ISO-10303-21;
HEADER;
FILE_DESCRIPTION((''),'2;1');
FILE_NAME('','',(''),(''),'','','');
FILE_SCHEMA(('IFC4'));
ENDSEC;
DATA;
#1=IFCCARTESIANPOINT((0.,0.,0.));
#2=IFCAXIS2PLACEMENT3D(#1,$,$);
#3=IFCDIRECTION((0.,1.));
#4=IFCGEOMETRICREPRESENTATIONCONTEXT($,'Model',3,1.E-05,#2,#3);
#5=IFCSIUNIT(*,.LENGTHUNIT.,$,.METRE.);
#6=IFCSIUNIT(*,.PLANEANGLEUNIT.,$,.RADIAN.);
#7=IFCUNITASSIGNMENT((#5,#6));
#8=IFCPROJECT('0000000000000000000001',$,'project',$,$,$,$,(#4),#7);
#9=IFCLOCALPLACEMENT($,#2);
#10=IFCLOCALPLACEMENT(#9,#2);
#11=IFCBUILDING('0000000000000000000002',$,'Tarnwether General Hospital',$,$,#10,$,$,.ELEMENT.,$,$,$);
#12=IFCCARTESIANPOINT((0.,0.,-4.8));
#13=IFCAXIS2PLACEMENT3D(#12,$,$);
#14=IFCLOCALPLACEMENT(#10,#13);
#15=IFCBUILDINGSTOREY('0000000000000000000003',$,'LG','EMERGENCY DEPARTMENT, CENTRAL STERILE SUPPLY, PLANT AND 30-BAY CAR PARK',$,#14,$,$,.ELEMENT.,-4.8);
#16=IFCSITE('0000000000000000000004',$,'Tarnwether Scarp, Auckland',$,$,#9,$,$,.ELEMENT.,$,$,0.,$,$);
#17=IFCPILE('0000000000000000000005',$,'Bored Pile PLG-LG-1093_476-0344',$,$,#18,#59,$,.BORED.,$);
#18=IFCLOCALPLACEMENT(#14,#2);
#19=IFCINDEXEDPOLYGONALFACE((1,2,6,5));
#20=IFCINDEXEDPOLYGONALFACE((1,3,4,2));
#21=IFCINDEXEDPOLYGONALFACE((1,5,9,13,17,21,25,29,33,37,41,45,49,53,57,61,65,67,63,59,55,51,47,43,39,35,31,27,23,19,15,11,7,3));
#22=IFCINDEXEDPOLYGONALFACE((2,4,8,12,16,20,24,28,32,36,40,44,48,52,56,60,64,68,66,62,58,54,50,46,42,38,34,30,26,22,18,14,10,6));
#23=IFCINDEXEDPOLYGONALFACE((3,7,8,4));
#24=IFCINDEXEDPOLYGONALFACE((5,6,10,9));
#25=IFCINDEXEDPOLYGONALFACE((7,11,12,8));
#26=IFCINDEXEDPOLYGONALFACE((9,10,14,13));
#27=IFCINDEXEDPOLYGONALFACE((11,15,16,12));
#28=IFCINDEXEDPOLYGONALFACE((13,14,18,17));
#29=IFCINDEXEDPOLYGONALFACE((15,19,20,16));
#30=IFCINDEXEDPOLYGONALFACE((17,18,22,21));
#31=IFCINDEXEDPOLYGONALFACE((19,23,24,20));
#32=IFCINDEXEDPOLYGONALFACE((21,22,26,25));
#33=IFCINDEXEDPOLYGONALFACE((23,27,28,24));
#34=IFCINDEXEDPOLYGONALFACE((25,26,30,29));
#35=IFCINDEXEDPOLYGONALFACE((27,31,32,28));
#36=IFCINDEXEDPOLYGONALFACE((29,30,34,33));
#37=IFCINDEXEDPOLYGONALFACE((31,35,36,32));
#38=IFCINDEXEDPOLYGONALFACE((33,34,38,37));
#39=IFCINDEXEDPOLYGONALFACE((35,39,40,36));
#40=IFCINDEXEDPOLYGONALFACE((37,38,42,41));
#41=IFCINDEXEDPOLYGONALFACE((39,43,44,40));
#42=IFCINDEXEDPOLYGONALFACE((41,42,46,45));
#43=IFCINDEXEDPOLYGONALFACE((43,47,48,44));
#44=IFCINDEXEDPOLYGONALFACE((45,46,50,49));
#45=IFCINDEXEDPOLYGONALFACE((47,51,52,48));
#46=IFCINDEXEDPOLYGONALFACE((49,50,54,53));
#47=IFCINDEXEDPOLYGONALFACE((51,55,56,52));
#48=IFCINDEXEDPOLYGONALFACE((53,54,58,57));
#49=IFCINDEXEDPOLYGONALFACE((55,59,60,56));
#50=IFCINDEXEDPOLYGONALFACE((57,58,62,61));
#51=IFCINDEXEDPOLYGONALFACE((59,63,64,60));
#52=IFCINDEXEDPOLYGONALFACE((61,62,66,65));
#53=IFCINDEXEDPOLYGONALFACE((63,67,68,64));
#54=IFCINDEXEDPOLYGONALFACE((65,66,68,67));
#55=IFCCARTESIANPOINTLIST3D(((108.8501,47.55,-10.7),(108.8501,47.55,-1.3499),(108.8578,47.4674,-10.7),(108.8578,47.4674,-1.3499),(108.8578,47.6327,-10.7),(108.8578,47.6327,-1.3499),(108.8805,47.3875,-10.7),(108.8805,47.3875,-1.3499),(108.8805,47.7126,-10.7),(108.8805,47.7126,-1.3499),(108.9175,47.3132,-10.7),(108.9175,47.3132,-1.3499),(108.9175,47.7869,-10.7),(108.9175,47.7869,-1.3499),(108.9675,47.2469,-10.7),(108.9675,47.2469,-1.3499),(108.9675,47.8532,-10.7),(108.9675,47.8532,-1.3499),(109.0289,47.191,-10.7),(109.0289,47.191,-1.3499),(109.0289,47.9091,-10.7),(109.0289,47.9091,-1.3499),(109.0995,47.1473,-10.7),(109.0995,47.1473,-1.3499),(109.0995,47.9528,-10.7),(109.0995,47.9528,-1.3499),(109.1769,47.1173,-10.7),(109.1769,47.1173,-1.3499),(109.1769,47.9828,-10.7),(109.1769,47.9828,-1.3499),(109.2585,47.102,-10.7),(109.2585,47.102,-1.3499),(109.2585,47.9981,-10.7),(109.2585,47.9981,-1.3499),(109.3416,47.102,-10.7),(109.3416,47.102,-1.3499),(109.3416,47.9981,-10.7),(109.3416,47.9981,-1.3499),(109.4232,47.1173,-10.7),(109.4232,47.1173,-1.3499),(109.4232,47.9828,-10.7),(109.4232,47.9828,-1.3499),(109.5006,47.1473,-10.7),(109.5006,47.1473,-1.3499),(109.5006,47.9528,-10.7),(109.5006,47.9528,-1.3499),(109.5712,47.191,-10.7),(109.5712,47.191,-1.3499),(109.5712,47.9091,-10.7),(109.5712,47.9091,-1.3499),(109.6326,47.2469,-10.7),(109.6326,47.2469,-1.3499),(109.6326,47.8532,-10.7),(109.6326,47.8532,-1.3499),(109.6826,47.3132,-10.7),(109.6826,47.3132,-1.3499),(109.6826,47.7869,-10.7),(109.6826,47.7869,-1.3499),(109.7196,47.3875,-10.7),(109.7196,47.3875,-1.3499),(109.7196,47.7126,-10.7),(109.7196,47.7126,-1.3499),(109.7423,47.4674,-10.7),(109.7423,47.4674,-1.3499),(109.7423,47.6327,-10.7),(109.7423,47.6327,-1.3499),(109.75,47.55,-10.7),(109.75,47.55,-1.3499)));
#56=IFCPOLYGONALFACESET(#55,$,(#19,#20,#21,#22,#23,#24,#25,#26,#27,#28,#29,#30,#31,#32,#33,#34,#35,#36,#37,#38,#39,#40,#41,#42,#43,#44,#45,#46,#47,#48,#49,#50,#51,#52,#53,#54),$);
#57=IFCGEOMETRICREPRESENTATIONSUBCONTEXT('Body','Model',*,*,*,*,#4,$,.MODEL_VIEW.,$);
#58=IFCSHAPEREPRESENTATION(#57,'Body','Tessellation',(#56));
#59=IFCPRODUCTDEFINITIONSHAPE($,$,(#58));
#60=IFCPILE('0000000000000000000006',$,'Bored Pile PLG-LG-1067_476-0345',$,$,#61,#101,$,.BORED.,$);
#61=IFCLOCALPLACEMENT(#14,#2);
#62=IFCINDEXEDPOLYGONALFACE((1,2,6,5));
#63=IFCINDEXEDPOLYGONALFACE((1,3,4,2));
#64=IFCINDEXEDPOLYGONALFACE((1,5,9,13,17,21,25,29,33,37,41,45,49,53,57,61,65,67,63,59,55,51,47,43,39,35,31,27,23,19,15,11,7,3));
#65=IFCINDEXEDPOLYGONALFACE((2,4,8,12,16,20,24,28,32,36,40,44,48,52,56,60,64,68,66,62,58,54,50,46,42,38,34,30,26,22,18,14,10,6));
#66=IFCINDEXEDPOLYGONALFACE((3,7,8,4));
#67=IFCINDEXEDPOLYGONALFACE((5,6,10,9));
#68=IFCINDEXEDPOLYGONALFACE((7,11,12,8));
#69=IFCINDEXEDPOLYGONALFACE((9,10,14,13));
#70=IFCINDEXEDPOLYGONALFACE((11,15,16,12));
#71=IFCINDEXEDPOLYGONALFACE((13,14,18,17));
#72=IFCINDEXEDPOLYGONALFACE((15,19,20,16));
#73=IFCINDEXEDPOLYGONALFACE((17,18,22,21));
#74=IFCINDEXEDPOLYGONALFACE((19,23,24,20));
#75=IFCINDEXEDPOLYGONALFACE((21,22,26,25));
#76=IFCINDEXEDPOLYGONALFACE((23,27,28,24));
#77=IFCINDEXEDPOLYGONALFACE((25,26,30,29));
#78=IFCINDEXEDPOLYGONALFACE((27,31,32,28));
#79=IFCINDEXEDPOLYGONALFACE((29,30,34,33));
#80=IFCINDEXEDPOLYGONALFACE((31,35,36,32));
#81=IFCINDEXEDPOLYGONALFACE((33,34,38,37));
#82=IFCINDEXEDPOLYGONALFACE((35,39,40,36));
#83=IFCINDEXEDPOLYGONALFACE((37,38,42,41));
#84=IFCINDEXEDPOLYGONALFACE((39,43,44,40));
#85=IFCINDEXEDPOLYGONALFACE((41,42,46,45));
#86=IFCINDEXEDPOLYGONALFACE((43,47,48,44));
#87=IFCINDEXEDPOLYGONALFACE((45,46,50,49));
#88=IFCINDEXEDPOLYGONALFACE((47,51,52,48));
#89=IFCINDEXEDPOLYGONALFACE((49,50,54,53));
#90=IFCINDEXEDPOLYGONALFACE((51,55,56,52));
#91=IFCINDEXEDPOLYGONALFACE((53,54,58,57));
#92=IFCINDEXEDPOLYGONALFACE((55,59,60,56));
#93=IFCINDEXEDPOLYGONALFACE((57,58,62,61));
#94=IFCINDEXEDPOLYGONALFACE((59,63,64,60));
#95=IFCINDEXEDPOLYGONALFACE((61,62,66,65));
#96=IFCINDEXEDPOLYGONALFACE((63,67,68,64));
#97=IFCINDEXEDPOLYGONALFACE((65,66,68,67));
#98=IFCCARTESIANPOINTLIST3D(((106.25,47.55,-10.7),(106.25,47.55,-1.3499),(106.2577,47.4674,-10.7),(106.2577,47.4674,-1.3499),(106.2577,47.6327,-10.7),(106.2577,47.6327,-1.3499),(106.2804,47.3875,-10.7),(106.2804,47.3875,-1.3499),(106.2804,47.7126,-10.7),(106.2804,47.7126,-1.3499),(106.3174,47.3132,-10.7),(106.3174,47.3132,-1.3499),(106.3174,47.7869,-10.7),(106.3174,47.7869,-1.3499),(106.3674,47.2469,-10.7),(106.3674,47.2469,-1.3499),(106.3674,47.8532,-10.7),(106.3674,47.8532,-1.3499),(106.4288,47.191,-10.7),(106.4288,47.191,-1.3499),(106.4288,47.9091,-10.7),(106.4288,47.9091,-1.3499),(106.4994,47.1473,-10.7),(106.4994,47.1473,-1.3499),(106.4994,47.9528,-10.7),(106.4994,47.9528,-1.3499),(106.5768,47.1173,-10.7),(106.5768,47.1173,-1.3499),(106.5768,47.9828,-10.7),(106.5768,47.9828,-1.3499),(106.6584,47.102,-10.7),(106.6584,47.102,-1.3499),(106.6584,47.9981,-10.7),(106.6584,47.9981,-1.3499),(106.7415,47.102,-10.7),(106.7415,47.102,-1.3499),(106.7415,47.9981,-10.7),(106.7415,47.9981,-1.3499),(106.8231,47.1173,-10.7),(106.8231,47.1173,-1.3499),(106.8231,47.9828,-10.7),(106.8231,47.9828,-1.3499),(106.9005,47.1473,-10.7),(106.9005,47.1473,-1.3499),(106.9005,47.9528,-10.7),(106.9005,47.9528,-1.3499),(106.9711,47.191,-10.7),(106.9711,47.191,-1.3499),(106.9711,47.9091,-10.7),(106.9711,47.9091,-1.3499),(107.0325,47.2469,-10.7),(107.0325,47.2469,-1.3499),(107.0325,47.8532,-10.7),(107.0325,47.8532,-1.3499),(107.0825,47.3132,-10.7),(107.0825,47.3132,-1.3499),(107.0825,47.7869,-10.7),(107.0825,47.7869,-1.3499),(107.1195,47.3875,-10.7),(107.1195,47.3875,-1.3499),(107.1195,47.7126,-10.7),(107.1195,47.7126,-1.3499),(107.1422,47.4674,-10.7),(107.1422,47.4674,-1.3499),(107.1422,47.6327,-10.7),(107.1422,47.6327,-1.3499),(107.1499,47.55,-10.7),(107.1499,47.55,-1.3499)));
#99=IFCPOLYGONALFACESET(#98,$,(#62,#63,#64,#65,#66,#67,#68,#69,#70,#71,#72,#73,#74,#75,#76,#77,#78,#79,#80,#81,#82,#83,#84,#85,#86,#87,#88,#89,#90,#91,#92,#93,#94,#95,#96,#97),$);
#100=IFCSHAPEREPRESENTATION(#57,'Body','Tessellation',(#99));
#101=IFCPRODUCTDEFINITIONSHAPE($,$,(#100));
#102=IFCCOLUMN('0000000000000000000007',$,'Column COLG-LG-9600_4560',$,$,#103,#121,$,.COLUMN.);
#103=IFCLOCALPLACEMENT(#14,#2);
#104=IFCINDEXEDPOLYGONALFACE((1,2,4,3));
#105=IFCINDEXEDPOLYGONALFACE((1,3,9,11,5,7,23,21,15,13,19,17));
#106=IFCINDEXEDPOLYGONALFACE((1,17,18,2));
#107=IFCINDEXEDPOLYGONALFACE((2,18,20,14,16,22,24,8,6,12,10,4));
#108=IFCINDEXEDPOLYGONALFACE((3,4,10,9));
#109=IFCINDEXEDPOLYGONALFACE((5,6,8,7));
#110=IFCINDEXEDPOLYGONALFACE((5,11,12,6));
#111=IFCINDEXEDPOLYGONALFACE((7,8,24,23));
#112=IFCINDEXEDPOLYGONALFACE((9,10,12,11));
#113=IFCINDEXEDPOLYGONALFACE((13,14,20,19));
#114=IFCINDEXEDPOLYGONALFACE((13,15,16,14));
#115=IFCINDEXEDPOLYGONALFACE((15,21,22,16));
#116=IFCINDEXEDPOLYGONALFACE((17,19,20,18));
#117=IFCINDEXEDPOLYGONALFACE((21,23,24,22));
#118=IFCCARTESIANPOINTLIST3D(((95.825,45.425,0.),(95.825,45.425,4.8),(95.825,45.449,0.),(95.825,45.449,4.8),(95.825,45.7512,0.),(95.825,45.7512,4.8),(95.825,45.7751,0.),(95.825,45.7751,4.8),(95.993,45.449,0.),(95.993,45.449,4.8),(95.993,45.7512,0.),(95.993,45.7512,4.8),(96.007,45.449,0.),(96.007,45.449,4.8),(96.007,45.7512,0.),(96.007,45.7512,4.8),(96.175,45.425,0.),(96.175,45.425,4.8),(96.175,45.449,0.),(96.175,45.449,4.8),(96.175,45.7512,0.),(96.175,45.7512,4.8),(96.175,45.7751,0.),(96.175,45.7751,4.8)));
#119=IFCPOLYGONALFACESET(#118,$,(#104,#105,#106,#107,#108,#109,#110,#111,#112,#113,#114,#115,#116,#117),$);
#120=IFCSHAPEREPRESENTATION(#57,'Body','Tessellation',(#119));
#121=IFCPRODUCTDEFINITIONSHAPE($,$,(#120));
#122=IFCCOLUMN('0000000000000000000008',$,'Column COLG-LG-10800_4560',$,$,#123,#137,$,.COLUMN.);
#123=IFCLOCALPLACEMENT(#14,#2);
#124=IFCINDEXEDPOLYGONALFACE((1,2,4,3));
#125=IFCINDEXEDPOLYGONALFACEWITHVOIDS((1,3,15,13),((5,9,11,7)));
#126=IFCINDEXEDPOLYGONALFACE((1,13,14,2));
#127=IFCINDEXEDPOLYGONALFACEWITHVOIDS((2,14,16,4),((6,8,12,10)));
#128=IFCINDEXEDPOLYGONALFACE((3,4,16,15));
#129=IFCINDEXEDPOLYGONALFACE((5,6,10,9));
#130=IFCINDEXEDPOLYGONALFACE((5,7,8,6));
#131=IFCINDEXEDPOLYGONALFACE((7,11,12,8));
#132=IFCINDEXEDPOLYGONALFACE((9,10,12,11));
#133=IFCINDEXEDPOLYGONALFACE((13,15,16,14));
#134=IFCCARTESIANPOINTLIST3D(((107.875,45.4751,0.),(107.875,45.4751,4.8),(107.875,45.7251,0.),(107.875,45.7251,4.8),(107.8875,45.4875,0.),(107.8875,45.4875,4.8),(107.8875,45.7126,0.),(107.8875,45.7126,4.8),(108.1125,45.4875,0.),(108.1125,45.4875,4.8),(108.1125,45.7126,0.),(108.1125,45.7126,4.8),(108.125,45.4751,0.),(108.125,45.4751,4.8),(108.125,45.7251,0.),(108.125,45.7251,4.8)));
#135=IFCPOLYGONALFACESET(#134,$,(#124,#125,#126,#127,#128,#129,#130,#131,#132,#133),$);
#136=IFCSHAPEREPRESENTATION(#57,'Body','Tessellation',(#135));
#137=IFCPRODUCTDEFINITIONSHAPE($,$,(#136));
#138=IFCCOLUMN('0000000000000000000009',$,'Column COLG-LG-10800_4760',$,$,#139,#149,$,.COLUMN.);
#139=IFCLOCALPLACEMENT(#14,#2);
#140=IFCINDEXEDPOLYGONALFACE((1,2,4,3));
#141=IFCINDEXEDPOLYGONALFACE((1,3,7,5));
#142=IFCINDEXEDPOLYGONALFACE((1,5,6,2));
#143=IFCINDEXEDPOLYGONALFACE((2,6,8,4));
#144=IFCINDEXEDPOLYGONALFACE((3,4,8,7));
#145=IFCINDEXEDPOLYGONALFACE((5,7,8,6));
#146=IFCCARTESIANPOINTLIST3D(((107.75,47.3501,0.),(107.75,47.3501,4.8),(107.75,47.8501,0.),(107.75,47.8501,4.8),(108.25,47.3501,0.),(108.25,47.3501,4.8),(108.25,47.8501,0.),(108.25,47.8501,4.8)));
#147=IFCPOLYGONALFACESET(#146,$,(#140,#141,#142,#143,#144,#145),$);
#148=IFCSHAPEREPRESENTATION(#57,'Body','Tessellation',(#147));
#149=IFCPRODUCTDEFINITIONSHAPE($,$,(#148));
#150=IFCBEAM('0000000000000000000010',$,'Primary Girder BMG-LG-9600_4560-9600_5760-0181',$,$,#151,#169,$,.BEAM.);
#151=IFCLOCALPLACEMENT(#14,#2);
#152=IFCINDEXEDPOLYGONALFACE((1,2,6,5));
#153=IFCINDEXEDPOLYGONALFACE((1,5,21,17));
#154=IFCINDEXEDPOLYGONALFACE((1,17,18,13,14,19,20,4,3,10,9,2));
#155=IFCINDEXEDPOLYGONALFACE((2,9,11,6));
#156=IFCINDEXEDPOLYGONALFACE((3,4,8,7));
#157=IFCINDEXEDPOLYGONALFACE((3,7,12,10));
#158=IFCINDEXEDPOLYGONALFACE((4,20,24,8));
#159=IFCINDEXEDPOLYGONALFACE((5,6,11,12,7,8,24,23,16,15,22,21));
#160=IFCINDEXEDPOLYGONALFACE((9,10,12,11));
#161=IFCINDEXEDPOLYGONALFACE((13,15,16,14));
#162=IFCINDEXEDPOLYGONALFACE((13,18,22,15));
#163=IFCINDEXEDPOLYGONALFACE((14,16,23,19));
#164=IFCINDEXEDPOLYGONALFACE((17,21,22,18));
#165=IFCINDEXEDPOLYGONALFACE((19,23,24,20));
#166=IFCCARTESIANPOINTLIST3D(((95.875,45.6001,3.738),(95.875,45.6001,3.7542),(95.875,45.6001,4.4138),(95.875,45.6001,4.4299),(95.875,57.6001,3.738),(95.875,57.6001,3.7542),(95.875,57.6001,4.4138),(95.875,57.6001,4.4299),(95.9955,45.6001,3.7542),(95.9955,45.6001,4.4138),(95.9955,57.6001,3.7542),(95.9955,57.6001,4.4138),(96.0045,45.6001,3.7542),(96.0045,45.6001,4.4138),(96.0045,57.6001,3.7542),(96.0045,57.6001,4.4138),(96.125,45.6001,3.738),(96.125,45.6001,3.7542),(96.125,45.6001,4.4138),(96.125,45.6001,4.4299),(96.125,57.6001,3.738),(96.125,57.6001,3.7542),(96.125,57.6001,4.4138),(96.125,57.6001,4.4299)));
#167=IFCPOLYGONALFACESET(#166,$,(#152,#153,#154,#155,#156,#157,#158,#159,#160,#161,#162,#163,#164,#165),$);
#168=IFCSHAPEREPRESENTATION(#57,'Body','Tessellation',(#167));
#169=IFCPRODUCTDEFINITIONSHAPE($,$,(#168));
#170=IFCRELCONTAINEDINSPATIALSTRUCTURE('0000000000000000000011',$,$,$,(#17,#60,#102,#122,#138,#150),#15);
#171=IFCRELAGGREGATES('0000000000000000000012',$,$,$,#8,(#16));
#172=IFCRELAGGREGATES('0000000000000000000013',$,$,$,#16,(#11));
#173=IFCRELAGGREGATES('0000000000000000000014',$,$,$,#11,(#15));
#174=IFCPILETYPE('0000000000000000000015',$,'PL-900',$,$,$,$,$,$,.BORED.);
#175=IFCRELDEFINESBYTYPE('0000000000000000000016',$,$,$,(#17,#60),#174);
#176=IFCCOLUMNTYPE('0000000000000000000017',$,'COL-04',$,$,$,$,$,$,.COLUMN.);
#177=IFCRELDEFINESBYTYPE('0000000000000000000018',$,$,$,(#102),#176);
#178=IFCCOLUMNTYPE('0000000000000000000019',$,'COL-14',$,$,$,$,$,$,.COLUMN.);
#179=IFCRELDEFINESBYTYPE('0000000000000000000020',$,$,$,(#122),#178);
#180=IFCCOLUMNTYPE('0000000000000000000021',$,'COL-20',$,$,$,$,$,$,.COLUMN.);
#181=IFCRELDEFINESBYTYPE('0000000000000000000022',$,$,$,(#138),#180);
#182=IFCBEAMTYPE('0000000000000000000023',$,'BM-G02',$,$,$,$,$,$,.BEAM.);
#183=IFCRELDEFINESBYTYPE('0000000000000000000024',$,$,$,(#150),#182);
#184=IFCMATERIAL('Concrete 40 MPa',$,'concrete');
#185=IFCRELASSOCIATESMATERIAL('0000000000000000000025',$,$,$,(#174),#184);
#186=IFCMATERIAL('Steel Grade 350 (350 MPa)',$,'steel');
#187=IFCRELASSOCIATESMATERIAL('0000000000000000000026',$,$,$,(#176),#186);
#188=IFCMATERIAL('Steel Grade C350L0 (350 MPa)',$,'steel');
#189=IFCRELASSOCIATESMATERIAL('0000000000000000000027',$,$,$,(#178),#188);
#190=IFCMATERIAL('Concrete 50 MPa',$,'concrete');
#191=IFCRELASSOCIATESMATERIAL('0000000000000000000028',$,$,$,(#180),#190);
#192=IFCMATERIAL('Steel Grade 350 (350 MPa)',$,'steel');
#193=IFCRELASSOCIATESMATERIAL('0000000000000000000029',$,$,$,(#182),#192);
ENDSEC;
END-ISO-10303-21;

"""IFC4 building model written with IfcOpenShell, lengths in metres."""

from ifc_helpers import new_model, si_unit, direction, frame, origin, origin_2d, place, context, subcontext, project, spatial, rectangle, hollow_rectangle, circle, i_section, extrude, material, material_profile, profile_set, type_object, element, save


model = new_model("IFC4")

# Units and contexts
model_context = context("Model", 3, precision=1e-05, world=origin(), true_north=direction((0.0, 1.0)))
body_context = subcontext(model_context, "Body", "Model", "MODEL_VIEW")
ifc_project = project(units=[si_unit("LENGTHUNIT", "METRE"), si_unit("PLANEANGLEUNIT", "RADIAN")], contexts=[model_context])

# Site, building, storey
site_placement = place(None, origin())
site = spatial("IfcSite", under=ifc_project, at=site_placement, Name="Tarnwether Scarp, Auckland", CompositionType="ELEMENT", RefElevation=0.0)
building_placement = place(site_placement, origin())
building = spatial("IfcBuilding", under=site, at=building_placement, Name="Tarnwether General Hospital", CompositionType="ELEMENT")
storey_placement = place(building_placement, frame((0.0, 0.0, -4.8)))
storey = spatial("IfcBuildingStorey", under=building, at=storey_placement, Name="LG", Description="EMERGENCY DEPARTMENT, CENTRAL STERILE SUPPLY, PLANT AND 30-BAY CAR PARK", CompositionType="ELEMENT", Elevation=-4.8)

# Piles
ifc_material_1 = material(Name="Concrete 40 MPa", Category="concrete")
ifc_material_profile_1 = material_profile(ifc_material_1, circle(Radius=0.45, at=origin_2d()), Name="PILE-D900")
ifc_profile_set_1 = profile_set([ifc_material_profile_1], Name="Concrete 40 MPa")
pile_type = type_object("IfcPileType", Name="PL-900", PredefinedType="BORED", material=ifc_profile_set_1)
for number, where, z_axis, x_axis, name in (
    (1, (109.3, 47.55, -1.3499), (0.0, 0.0, -1.0), (1.0, 0.0, 0.0), "Bored Pile PLG-LG-1093_476-0344"),
    (2, (106.7, 47.55, -1.3499), (0.0, 0.0, -1.0), (1.0, 0.0, 0.0), "Bored Pile PLG-LG-1067_476-0345"),
):
    element("IfcPile", number, at=place(storey_placement, frame(where, z_axis=z_axis, x_axis=x_axis)), inside=storey, type_object=pile_type, Name=name, PredefinedType="BORED", context=body_context, shape_type="SweptSolid", body=[
        extrude(circle(Radius=0.45, at=origin_2d()), origin(), (0.0, 0.0, 1.0), 9.3501),
    ])

# Columns
ifc_material_2 = material(Name="Steel Grade 350 (350 MPa)", Category="steel")
ifc_material_profile_2 = material_profile(ifc_material_2, i_section(OverallWidth=0.3501, OverallDepth=0.3501, WebThickness=0.0139, FlangeThickness=0.0239, at=origin_2d()), Name="350WC197")
ifc_profile_set_2 = profile_set([ifc_material_profile_2], Name="Steel Grade 350 (350 MPa)")
column_type_1 = type_object("IfcColumnType", Name="COL-04", PredefinedType="COLUMN", material=ifc_profile_set_2)
column_1_placement = place(storey_placement, frame((96.0, 45.6001, 0.0), z_axis=(0.0, 0.0, 1.0), x_axis=(1.0, 0.0, 0.0)))
element("IfcColumn", 3, at=column_1_placement, inside=storey, type_object=column_type_1, Name="Column COLG-LG-9600_4560", PredefinedType="COLUMN", context=body_context, shape_type="SweptSolid", body=[
    extrude(i_section(OverallWidth=0.3501, OverallDepth=0.3501, WebThickness=0.0139, FlangeThickness=0.0239, at=origin_2d()), origin(), (0.0, 0.0, 1.0), 4.8),
])
ifc_material_3 = material(Name="Steel Grade C350L0 (350 MPa)", Category="steel")
ifc_material_profile_3 = material_profile(ifc_material_3, hollow_rectangle(XDim=0.25, YDim=0.25, WallThickness=0.0125, at=origin_2d()), Name="SHS250x250x12.5")
ifc_profile_set_3 = profile_set([ifc_material_profile_3], Name="Steel Grade C350L0 (350 MPa)")
column_type_2 = type_object("IfcColumnType", Name="COL-14", PredefinedType="COLUMN", material=ifc_profile_set_3)
column_2_placement = place(storey_placement, frame((108.0, 45.6001, 0.0), z_axis=(0.0, 0.0, 1.0), x_axis=(0.0, 1.0, 0.0)))
element("IfcColumn", 4, at=column_2_placement, inside=storey, type_object=column_type_2, Name="Column COLG-LG-10800_4560", PredefinedType="COLUMN", context=body_context, shape_type="SweptSolid", body=[
    extrude(hollow_rectangle(XDim=0.25, YDim=0.25, WallThickness=0.0125, at=origin_2d()), origin(), (0.0, 0.0, 1.0), 4.8),
])
ifc_material_4 = material(Name="Concrete 50 MPa", Category="concrete")
ifc_material_profile_4 = material_profile(ifc_material_4, rectangle(XDim=0.5, YDim=0.5, at=origin_2d()), Name="RC-COL-500x500")
ifc_profile_set_4 = profile_set([ifc_material_profile_4], Name="Concrete 50 MPa")
column_type_3 = type_object("IfcColumnType", Name="COL-20", PredefinedType="COLUMN", material=ifc_profile_set_4)
column_3_placement = place(storey_placement, frame((108.0, 47.6001, 0.0), z_axis=(0.0, 0.0, 1.0), x_axis=(1.0, 0.0, 0.0)))
element("IfcColumn", 5, at=column_3_placement, inside=storey, type_object=column_type_3, Name="Column COLG-LG-10800_4760", PredefinedType="COLUMN", context=body_context, shape_type="SweptSolid", body=[
    extrude(rectangle(XDim=0.5, YDim=0.5, at=origin_2d()), origin(), (0.0, 0.0, 1.0), 4.8),
])

# Beam
ifc_material_5 = material(Name="Steel Grade 350 (350 MPa)", Category="steel")
ifc_material_profile_5 = material_profile(ifc_material_5, i_section(OverallWidth=0.25, OverallDepth=0.6919, WebThickness=0.009, FlangeThickness=0.0161, at=origin_2d()), Name="700WB115")
ifc_profile_set_5 = profile_set([ifc_material_profile_5], Name="Steel Grade 350 (350 MPa)")
beam_type_1 = type_object("IfcBeamType", Name="BM-G02", PredefinedType="BEAM", material=ifc_profile_set_5)
beam_1_placement = place(storey_placement, frame((96.0, 45.6001, 4.084), z_axis=(0.0, 1.0, 0.0), x_axis=(-1.0, 0.0, 0.0)))
element("IfcBeam", 6, at=beam_1_placement, inside=storey, type_object=beam_type_1, Name="Primary Girder BMG-LG-9600_4560-9600_5760-0181", PredefinedType="BEAM", context=body_context, shape_type="SweptSolid", body=[
    extrude(i_section(OverallWidth=0.25, OverallDepth=0.6919, WebThickness=0.009, FlangeThickness=0.0161, at=origin_2d()), origin(), (0.0, 0.0, 1.0), 12.0),
])

save(model, "model.ifc")
